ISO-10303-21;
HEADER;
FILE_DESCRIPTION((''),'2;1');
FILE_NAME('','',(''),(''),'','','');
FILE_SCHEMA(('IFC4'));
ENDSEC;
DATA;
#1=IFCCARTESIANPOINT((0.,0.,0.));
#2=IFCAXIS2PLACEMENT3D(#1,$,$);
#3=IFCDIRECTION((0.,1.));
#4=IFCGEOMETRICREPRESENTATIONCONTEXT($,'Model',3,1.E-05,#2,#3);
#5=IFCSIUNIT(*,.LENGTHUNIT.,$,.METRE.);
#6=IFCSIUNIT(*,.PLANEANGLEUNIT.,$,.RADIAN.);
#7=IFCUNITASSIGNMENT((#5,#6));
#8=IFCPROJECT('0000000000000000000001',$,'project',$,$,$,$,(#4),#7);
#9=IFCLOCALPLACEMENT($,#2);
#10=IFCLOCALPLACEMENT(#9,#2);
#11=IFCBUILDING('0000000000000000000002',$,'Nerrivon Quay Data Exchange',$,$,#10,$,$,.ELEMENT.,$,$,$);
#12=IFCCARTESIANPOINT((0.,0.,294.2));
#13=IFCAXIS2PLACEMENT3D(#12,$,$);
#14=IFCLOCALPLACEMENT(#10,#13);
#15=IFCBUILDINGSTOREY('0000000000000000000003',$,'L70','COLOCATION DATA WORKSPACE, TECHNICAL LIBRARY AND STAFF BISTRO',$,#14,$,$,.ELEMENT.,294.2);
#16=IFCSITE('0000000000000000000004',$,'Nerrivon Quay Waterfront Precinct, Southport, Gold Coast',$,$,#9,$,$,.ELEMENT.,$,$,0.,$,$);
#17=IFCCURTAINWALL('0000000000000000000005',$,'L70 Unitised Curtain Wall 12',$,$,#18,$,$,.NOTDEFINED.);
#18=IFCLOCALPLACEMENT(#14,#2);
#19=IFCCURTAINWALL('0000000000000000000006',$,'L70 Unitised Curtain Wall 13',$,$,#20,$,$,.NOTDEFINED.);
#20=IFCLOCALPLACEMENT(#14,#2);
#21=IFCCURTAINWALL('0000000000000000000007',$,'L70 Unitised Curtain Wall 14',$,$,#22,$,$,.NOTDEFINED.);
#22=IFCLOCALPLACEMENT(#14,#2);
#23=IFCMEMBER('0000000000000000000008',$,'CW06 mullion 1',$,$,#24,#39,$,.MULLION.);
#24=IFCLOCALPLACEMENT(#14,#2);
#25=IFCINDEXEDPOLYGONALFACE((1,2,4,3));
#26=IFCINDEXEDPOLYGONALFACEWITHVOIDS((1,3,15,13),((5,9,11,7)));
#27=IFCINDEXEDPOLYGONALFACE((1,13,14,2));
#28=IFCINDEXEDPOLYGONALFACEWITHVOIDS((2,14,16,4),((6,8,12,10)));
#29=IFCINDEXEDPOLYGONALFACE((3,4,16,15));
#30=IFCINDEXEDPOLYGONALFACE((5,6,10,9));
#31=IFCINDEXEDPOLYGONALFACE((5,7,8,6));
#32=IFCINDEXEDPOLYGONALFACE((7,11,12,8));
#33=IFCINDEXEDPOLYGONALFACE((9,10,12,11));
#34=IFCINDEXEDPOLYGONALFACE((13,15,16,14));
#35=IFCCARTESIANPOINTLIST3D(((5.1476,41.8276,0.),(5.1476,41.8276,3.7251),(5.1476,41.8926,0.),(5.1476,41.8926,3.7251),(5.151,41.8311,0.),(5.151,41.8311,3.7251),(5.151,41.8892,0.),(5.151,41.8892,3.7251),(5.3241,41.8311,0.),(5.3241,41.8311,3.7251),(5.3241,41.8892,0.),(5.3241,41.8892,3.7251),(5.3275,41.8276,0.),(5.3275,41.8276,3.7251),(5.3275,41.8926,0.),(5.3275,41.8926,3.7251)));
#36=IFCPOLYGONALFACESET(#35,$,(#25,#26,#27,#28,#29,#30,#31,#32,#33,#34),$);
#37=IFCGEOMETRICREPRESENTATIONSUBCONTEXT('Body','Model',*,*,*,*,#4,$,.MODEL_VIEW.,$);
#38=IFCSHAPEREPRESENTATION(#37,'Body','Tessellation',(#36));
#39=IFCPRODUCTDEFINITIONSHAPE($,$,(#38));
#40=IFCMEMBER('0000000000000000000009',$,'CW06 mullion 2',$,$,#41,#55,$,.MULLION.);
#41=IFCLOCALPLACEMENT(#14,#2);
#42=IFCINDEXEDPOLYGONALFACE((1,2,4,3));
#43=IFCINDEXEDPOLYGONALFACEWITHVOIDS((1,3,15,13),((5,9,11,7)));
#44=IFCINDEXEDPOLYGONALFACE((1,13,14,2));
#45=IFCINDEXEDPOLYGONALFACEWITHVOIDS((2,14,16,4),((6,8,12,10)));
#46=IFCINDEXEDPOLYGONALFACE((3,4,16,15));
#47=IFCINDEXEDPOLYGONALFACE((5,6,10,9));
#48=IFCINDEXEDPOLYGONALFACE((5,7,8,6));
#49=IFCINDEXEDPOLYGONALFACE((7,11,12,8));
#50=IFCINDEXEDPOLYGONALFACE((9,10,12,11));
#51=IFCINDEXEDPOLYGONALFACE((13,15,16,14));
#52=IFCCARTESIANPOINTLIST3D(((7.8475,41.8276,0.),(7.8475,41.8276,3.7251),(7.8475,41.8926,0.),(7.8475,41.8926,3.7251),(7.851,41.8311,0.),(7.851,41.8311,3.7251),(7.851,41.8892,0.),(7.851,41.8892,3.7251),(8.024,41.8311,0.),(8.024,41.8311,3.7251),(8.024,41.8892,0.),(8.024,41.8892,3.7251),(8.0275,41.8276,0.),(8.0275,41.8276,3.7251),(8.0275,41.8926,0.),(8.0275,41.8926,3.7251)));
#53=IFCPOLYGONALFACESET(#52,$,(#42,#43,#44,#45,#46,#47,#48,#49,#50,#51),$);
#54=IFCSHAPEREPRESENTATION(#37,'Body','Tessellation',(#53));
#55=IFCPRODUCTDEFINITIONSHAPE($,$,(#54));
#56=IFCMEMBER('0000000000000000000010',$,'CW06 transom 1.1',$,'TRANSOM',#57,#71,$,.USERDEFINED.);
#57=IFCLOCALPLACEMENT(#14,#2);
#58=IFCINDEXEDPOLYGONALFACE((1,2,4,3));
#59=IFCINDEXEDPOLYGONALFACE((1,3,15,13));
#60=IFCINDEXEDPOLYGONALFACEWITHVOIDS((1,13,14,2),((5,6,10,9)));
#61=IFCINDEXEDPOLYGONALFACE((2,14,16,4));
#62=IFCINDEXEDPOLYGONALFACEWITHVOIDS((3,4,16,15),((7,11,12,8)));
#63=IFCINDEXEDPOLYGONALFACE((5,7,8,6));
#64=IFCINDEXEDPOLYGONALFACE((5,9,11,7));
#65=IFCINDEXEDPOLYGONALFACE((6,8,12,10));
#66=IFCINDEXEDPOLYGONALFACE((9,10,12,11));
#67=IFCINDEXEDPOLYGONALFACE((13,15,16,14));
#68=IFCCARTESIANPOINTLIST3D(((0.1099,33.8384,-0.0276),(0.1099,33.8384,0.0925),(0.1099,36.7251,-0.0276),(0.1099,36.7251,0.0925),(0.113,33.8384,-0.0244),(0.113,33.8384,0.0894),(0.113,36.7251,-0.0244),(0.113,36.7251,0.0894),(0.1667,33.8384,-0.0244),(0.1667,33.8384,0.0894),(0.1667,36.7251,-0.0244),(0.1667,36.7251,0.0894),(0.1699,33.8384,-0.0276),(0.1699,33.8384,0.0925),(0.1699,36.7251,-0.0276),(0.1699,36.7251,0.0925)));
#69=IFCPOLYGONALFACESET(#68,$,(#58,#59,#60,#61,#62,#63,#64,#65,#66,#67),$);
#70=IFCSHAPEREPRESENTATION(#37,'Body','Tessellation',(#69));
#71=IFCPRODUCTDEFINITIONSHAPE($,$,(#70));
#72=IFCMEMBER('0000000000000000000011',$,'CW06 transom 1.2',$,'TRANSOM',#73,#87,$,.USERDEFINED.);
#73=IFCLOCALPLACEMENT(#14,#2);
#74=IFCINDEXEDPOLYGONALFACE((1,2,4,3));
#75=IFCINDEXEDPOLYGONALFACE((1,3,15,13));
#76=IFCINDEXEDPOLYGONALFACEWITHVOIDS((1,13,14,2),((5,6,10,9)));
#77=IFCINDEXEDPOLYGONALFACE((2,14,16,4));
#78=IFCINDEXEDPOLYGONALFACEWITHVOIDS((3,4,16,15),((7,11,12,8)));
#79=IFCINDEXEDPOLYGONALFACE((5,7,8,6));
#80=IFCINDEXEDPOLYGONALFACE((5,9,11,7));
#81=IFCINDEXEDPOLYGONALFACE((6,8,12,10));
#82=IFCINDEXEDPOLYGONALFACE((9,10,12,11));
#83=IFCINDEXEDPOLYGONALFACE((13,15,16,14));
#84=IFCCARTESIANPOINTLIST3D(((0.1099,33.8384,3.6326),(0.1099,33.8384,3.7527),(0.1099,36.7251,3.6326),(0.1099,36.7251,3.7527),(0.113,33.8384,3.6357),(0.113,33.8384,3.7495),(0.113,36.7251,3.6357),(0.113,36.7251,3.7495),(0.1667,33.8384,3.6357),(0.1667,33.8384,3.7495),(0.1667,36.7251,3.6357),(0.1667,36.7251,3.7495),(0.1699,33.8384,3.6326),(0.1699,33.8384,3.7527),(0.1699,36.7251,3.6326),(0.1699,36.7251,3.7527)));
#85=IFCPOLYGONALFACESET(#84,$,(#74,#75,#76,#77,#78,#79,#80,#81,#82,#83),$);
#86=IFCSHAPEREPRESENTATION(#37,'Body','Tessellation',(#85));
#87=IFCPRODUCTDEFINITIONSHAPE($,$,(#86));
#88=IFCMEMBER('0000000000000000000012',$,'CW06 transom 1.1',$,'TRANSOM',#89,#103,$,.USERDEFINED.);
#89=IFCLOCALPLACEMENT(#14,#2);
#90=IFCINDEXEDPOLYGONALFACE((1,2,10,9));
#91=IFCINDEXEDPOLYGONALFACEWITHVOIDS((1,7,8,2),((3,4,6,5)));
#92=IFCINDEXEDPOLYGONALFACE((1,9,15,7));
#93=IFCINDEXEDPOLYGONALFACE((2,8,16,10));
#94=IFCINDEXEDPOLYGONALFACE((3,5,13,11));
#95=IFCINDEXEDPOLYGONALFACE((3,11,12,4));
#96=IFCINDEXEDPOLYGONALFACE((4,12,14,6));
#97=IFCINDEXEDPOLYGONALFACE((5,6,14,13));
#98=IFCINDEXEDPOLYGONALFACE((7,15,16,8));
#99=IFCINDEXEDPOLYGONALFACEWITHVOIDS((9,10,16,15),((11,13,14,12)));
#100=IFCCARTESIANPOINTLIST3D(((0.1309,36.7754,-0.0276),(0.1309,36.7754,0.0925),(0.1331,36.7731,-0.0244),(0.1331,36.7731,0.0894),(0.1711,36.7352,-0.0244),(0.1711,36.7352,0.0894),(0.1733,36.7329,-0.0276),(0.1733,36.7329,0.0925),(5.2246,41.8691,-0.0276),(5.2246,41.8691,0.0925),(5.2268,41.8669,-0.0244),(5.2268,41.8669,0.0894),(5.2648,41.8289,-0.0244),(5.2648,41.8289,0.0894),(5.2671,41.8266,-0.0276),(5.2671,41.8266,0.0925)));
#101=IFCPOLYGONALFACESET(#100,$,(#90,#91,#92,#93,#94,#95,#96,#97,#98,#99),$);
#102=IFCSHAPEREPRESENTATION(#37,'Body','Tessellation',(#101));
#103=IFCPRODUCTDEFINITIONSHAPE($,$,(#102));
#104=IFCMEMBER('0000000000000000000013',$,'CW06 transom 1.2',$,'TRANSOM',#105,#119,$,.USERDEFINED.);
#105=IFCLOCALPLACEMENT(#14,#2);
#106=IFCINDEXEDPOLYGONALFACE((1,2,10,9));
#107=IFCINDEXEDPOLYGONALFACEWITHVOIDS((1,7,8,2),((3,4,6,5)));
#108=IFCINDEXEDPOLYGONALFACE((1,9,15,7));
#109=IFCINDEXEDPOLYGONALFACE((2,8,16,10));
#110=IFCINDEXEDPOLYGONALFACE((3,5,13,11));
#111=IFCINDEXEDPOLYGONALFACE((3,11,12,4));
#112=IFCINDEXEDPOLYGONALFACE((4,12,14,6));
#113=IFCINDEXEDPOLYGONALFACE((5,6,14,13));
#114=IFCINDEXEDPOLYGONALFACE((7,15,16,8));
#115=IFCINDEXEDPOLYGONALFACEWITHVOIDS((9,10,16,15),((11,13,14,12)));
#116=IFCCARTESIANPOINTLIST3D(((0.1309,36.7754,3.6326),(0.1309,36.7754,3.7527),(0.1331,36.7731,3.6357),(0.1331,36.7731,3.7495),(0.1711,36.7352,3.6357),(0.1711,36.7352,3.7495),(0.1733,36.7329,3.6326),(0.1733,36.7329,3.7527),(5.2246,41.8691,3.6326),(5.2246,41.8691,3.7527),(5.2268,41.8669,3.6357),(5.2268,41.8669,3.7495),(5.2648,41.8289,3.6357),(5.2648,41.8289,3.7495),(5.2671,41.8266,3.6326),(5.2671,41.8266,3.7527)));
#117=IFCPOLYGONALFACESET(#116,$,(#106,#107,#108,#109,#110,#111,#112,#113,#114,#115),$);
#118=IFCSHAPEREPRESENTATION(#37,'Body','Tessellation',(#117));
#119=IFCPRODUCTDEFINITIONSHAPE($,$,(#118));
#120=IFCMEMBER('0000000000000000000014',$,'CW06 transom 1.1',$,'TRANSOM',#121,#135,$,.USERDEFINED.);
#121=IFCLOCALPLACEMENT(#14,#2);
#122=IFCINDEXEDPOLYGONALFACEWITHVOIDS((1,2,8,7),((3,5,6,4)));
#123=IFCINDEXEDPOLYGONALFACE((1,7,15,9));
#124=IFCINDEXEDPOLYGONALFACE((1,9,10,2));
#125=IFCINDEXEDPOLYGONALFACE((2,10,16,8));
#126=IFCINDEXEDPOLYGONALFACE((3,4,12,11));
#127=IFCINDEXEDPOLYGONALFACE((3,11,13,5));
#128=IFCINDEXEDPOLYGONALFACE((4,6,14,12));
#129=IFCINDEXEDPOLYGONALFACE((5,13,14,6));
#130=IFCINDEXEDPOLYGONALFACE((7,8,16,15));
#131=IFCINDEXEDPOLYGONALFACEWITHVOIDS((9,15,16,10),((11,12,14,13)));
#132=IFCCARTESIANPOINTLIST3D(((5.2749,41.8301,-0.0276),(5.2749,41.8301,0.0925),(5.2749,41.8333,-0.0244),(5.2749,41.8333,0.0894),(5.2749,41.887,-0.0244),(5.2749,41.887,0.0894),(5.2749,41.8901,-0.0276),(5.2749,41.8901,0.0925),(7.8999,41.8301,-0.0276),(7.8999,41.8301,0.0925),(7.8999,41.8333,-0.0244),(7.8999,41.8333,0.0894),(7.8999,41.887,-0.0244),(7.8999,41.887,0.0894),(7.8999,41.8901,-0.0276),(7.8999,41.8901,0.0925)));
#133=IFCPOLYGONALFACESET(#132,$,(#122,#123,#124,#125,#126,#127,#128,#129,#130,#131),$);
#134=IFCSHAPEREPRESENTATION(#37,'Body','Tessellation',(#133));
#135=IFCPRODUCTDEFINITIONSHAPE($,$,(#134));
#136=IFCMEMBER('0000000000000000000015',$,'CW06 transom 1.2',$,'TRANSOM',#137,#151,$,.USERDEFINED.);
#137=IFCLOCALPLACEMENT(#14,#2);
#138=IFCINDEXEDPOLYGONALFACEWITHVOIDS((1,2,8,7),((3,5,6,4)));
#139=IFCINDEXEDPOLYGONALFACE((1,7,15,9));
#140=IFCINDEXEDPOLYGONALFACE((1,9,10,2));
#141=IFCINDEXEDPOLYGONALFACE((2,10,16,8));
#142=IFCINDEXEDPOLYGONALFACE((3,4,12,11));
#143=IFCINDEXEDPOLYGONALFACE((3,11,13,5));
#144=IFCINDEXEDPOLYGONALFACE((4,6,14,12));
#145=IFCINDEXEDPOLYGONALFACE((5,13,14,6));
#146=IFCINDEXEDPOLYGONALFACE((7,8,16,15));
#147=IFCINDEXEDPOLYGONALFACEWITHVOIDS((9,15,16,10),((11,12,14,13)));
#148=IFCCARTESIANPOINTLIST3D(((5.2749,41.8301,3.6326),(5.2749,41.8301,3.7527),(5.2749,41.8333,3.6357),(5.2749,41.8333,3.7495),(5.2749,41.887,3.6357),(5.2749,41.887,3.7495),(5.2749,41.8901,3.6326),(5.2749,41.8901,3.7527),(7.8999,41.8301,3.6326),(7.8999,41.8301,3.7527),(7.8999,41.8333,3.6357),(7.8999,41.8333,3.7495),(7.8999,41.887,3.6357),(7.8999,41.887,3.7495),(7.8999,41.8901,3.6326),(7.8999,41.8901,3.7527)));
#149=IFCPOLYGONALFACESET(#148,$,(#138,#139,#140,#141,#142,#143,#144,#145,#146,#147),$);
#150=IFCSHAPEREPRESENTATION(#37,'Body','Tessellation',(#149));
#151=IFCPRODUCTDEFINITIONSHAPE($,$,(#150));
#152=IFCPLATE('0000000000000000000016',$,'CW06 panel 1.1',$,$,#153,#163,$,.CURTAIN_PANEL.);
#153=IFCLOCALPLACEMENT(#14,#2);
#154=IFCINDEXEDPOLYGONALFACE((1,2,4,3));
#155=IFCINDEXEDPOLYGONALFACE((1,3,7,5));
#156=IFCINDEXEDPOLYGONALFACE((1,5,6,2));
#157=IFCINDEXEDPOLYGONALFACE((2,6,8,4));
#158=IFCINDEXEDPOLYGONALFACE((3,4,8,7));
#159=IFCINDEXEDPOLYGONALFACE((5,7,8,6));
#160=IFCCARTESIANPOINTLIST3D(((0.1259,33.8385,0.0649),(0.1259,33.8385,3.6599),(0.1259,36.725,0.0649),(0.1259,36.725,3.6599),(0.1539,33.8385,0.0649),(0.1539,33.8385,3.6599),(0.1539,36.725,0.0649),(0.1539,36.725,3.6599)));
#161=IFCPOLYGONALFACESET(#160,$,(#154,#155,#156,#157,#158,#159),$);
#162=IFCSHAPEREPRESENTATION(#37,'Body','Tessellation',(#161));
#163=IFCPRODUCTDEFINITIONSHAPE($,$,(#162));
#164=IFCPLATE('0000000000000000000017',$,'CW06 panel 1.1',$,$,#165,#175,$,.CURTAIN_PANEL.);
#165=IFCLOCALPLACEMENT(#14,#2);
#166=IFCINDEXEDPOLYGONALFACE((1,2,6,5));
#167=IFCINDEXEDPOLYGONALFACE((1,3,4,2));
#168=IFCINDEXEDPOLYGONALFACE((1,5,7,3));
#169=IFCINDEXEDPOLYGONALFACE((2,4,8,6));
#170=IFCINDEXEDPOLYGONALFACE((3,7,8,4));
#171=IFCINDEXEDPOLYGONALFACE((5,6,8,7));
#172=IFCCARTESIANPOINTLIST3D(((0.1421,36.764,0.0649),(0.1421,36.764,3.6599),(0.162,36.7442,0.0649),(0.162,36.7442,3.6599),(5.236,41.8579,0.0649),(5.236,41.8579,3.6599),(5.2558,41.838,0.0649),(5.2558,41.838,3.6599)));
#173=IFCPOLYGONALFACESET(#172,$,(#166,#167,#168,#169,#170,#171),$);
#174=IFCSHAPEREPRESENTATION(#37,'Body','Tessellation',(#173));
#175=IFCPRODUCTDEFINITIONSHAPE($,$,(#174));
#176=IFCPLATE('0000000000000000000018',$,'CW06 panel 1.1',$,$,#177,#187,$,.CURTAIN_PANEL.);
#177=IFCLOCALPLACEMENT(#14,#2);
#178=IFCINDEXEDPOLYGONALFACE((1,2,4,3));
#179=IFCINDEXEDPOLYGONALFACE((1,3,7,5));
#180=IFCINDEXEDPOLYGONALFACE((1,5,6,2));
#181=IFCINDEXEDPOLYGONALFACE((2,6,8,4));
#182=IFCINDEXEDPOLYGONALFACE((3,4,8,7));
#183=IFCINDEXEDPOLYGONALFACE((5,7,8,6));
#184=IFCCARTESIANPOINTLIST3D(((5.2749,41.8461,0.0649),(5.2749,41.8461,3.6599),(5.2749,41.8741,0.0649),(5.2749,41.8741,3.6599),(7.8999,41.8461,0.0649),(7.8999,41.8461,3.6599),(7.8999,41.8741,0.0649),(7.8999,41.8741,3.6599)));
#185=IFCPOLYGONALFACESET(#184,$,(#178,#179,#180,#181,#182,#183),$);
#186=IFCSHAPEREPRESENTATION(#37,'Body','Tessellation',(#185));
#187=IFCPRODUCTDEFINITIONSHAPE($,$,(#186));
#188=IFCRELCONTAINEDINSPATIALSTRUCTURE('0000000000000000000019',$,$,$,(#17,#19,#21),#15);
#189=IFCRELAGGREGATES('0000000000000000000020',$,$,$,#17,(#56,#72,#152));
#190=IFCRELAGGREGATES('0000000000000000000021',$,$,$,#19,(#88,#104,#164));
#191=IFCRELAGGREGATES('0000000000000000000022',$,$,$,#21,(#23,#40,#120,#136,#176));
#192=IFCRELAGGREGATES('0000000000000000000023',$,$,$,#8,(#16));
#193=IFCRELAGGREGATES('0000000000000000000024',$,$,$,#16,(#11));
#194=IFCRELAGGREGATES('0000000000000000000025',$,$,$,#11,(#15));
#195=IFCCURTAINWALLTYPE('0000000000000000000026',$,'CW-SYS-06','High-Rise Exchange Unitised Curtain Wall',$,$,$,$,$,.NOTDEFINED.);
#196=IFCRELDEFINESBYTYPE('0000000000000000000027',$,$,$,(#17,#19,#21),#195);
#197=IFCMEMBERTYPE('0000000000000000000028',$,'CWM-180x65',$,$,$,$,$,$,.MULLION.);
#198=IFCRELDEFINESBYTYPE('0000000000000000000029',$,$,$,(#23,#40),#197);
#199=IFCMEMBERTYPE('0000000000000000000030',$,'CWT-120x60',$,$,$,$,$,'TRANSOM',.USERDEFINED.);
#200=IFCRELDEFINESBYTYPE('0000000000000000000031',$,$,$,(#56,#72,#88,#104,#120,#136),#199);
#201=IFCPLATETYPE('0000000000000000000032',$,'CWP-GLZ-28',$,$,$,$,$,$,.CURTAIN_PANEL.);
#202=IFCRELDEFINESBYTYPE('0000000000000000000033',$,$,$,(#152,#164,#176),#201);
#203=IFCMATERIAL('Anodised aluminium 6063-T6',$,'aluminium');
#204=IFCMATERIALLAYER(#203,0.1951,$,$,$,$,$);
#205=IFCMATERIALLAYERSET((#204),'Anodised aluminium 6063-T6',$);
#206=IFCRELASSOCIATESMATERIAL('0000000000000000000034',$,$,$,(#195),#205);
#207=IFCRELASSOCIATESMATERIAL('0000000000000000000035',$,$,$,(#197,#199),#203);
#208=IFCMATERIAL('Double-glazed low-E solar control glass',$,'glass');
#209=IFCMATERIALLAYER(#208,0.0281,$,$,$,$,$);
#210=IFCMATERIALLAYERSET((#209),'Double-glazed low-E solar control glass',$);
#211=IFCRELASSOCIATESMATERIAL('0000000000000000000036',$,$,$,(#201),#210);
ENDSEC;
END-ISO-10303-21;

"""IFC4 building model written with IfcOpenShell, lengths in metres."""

from ifc_helpers import new_model, si_unit, direction, frame, origin, origin_2d, place, context, subcontext, project, spatial, rectangle, hollow_rectangle, extrude, material, layer, layer_set, material_profile, profile_set, type_object, element, aggregate, save


model = new_model("IFC4")

# Units and contexts
model_context = context("Model", 3, precision=1e-05, world=origin(), true_north=direction((0.0, 1.0)))
body_context = subcontext(model_context, "Body", "Model", "MODEL_VIEW")
ifc_project = project(units=[si_unit("LENGTHUNIT", "METRE"), si_unit("PLANEANGLEUNIT", "RADIAN")], contexts=[model_context])

# Site, building, storey
site_placement = place(None, origin())
site = spatial("IfcSite", under=ifc_project, at=site_placement, Name="Nerrivon Quay Waterfront Precinct, Southport, Gold Coast", CompositionType="ELEMENT", RefElevation=0.0)
building_placement = place(site_placement, origin())
building = spatial("IfcBuilding", under=site, at=building_placement, Name="Nerrivon Quay Data Exchange", CompositionType="ELEMENT")
storey_placement = place(building_placement, frame((0.0, 0.0, 294.2)))
storey = spatial("IfcBuildingStorey", under=building, at=storey_placement, Name="L70", Description="COLOCATION DATA WORKSPACE, TECHNICAL LIBRARY AND STAFF BISTRO", CompositionType="ELEMENT", Elevation=294.2)

# Curtain walls, members
ifc_material_1 = material(Name="Anodised aluminium 6063-T6", Category="aluminium")
ifc_layer_1 = layer(ifc_material_1, 0.1951)
ifc_layer_set_1 = layer_set([ifc_layer_1], Name="Anodised aluminium 6063-T6")
curtain_wall_type = type_object("IfcCurtainWallType", Name="CW-SYS-06", Description="High-Rise Exchange Unitised Curtain Wall", PredefinedType="NOTDEFINED", material=ifc_layer_set_1)
curtain_wall_1_placement = place(storey_placement, origin())
curtain_wall_1 = element("IfcCurtainWall", 1, at=curtain_wall_1_placement, inside=storey, type_object=curtain_wall_type, Name="L70 Unitised Curtain Wall 12", PredefinedType="NOTDEFINED")
ifc_material_profile_1 = material_profile(ifc_material_1, hollow_rectangle(XDim=0.0649, YDim=0.1799, WallThickness=0.0034, at=origin_2d()), Name="ALU-MULL-180x65")
ifc_profile_set_1 = profile_set([ifc_material_profile_1], Name="Anodised aluminium 6063-T6")
member_type_1 = type_object("IfcMemberType", Name="CWM-180x65", PredefinedType="MULLION", material=ifc_profile_set_1)
curtain_wall_2_placement = place(storey_placement, origin())
curtain_wall_2 = element("IfcCurtainWall", 2, at=curtain_wall_2_placement, inside=storey, type_object=curtain_wall_type, Name="L70 Unitised Curtain Wall 13", PredefinedType="NOTDEFINED")
curtain_wall_3_placement = place(storey_placement, origin())
curtain_wall_3 = element("IfcCurtainWall", 3, at=curtain_wall_3_placement, inside=storey, type_object=curtain_wall_type, Name="L70 Unitised Curtain Wall 14", PredefinedType="NOTDEFINED")
member_1_placement = place(storey_placement, frame((5.2375, 41.8601, 0.0), z_axis=(0.0, 0.0, 1.0), x_axis=(0.0, 1.0, 0.0)))
member_1 = element("IfcMember", 4, at=member_1_placement, type_object=member_type_1, Name="CW06 mullion 1", PredefinedType="MULLION", context=body_context, shape_type="SweptSolid", body=[
    extrude(hollow_rectangle(XDim=0.0649, YDim=0.1799, WallThickness=0.0034, at=origin_2d()), origin(), (0.0, 0.0, 1.0), 3.7251),
])
member_2_placement = place(storey_placement, frame((7.9375, 41.8601, 0.0), z_axis=(0.0, 0.0, 1.0), x_axis=(0.0, 1.0, 0.0)))
member_2 = element("IfcMember", 5, at=member_2_placement, type_object=member_type_1, Name="CW06 mullion 2", PredefinedType="MULLION", context=body_context, shape_type="SweptSolid", body=[
    extrude(hollow_rectangle(XDim=0.0649, YDim=0.1799, WallThickness=0.0034, at=origin_2d()), origin(), (0.0, 0.0, 1.0), 3.7251),
])

# Members
ifc_material_profile_2 = material_profile(ifc_material_1, hollow_rectangle(XDim=0.0601, YDim=0.1201, WallThickness=0.0032, at=origin_2d()), Name="ALU-TRAN-120x60")
ifc_profile_set_2 = profile_set([ifc_material_profile_2], Name="Anodised aluminium 6063-T6")
member_type_2 = type_object("IfcMemberType", Name="CWT-120x60", ElementType="TRANSOM", PredefinedType="USERDEFINED", material=ifc_profile_set_2)
member_3_placement = place(storey_placement, frame((0.1399, 33.8384, 0.0325), z_axis=(0.0, 1.0, 0.0), x_axis=(-1.0, 0.0, 0.0)))
member_3 = element("IfcMember", 6, at=member_3_placement, type_object=member_type_2, Name="CW06 transom 1.1", ObjectType="TRANSOM", PredefinedType="USERDEFINED", context=body_context, shape_type="SweptSolid", body=[
    extrude(hollow_rectangle(XDim=0.0601, YDim=0.1201, WallThickness=0.0032, at=origin_2d()), origin(), (0.0, 0.0, 1.0), 2.8867),
])
member_4_placement = place(storey_placement, frame((0.1399, 33.8384, 3.6926), z_axis=(0.0, 1.0, 0.0), x_axis=(-1.0, 0.0, 0.0)))
member_4 = element("IfcMember", 7, at=member_4_placement, type_object=member_type_2, Name="CW06 transom 1.2", ObjectType="TRANSOM", PredefinedType="USERDEFINED", context=body_context, shape_type="SweptSolid", body=[
    extrude(hollow_rectangle(XDim=0.0601, YDim=0.1201, WallThickness=0.0032, at=origin_2d()), origin(), (0.0, 0.0, 1.0), 2.8867),
])
member_5_placement = place(storey_placement, frame((0.1521, 36.7542, 0.0325), z_axis=(0.707107, 0.707107, 0.0), x_axis=(-0.707107, 0.707107, 0.0)))
member_5 = element("IfcMember", 8, at=member_5_placement, type_object=member_type_2, Name="CW06 transom 1.1", ObjectType="TRANSOM", PredefinedType="USERDEFINED", context=body_context, shape_type="SweptSolid", body=[
    extrude(hollow_rectangle(XDim=0.0601, YDim=0.1201, WallThickness=0.0032, at=origin_2d()), origin(), (0.0, 0.0, 1.0), 7.2036),
])
member_6_placement = place(storey_placement, frame((0.1521, 36.7542, 3.6926), z_axis=(0.707107, 0.707107, 0.0), x_axis=(-0.707107, 0.707107, 0.0)))
member_6 = element("IfcMember", 9, at=member_6_placement, type_object=member_type_2, Name="CW06 transom 1.2", ObjectType="TRANSOM", PredefinedType="USERDEFINED", context=body_context, shape_type="SweptSolid", body=[
    extrude(hollow_rectangle(XDim=0.0601, YDim=0.1201, WallThickness=0.0032, at=origin_2d()), origin(), (0.0, 0.0, 1.0), 7.2036),
])
member_7_placement = place(storey_placement, frame((5.2749, 41.8601, 0.0325), z_axis=(1.0, 0.0, 0.0), x_axis=(0.0, 1.0, 0.0)))
member_7 = element("IfcMember", 10, at=member_7_placement, type_object=member_type_2, Name="CW06 transom 1.1", ObjectType="TRANSOM", PredefinedType="USERDEFINED", context=body_context, shape_type="SweptSolid", body=[
    extrude(hollow_rectangle(XDim=0.0601, YDim=0.1201, WallThickness=0.0032, at=origin_2d()), origin(), (0.0, 0.0, 1.0), 2.625),
])
member_8_placement = place(storey_placement, frame((5.2749, 41.8601, 3.6926), z_axis=(1.0, 0.0, 0.0), x_axis=(0.0, 1.0, 0.0)))
member_8 = element("IfcMember", 11, at=member_8_placement, type_object=member_type_2, Name="CW06 transom 1.2", ObjectType="TRANSOM", PredefinedType="USERDEFINED", context=body_context, shape_type="SweptSolid", body=[
    extrude(hollow_rectangle(XDim=0.0601, YDim=0.1201, WallThickness=0.0032, at=origin_2d()), origin(), (0.0, 0.0, 1.0), 2.625),
])

# Plates
ifc_material_2 = material(Name="Double-glazed low-E solar control glass", Category="glass")
ifc_layer_2 = layer(ifc_material_2, 0.0281)
ifc_layer_set_2 = layer_set([ifc_layer_2], Name="Double-glazed low-E solar control glass")
plate_type = type_object("IfcPlateType", Name="CWP-GLZ-28", PredefinedType="CURTAIN_PANEL", material=ifc_layer_set_2)
plate_1_placement = place(storey_placement, frame((0.1399, 35.2817, 0.0649), z_axis=(0.0, 0.0, 1.0), x_axis=(0.0, 1.0, 0.0)))
plate_1 = element("IfcPlate", 12, at=plate_1_placement, type_object=plate_type, Name="CW06 panel 1.1", PredefinedType="CURTAIN_PANEL", context=body_context, shape_type="SweptSolid", body=[
    extrude(rectangle(XDim=2.8865, YDim=0.0281, at=origin_2d()), origin(), (0.0, 0.0, 1.0), 3.595),
])
aggregate(curtain_wall_1, [member_3, member_4, plate_1])
plate_2_placement = place(storey_placement, frame((2.699, 39.301, 0.0649), z_axis=(0.0, 0.0, 1.0), x_axis=(0.707107, 0.707107, 0.0)))
plate_2 = element("IfcPlate", 13, at=plate_2_placement, type_object=plate_type, Name="CW06 panel 1.1", PredefinedType="CURTAIN_PANEL", context=body_context, shape_type="SweptSolid", body=[
    extrude(rectangle(XDim=7.2039, YDim=0.0281, at=origin_2d()), origin(), (0.0, 0.0, 1.0), 3.595),
])
aggregate(curtain_wall_2, [member_5, member_6, plate_2])
plate_3_placement = place(storey_placement, frame((6.5874, 41.8601, 0.0649), z_axis=(0.0, 0.0, 1.0), x_axis=(1.0, 0.0, 0.0)))
plate_3 = element("IfcPlate", 14, at=plate_3_placement, type_object=plate_type, Name="CW06 panel 1.1", PredefinedType="CURTAIN_PANEL", context=body_context, shape_type="SweptSolid", body=[
    extrude(rectangle(XDim=2.625, YDim=0.0281, at=origin_2d()), origin(), (0.0, 0.0, 1.0), 3.595),
])
aggregate(curtain_wall_3, [member_1, member_2, member_7, member_8, plate_3])

save(model, "model.ifc")
